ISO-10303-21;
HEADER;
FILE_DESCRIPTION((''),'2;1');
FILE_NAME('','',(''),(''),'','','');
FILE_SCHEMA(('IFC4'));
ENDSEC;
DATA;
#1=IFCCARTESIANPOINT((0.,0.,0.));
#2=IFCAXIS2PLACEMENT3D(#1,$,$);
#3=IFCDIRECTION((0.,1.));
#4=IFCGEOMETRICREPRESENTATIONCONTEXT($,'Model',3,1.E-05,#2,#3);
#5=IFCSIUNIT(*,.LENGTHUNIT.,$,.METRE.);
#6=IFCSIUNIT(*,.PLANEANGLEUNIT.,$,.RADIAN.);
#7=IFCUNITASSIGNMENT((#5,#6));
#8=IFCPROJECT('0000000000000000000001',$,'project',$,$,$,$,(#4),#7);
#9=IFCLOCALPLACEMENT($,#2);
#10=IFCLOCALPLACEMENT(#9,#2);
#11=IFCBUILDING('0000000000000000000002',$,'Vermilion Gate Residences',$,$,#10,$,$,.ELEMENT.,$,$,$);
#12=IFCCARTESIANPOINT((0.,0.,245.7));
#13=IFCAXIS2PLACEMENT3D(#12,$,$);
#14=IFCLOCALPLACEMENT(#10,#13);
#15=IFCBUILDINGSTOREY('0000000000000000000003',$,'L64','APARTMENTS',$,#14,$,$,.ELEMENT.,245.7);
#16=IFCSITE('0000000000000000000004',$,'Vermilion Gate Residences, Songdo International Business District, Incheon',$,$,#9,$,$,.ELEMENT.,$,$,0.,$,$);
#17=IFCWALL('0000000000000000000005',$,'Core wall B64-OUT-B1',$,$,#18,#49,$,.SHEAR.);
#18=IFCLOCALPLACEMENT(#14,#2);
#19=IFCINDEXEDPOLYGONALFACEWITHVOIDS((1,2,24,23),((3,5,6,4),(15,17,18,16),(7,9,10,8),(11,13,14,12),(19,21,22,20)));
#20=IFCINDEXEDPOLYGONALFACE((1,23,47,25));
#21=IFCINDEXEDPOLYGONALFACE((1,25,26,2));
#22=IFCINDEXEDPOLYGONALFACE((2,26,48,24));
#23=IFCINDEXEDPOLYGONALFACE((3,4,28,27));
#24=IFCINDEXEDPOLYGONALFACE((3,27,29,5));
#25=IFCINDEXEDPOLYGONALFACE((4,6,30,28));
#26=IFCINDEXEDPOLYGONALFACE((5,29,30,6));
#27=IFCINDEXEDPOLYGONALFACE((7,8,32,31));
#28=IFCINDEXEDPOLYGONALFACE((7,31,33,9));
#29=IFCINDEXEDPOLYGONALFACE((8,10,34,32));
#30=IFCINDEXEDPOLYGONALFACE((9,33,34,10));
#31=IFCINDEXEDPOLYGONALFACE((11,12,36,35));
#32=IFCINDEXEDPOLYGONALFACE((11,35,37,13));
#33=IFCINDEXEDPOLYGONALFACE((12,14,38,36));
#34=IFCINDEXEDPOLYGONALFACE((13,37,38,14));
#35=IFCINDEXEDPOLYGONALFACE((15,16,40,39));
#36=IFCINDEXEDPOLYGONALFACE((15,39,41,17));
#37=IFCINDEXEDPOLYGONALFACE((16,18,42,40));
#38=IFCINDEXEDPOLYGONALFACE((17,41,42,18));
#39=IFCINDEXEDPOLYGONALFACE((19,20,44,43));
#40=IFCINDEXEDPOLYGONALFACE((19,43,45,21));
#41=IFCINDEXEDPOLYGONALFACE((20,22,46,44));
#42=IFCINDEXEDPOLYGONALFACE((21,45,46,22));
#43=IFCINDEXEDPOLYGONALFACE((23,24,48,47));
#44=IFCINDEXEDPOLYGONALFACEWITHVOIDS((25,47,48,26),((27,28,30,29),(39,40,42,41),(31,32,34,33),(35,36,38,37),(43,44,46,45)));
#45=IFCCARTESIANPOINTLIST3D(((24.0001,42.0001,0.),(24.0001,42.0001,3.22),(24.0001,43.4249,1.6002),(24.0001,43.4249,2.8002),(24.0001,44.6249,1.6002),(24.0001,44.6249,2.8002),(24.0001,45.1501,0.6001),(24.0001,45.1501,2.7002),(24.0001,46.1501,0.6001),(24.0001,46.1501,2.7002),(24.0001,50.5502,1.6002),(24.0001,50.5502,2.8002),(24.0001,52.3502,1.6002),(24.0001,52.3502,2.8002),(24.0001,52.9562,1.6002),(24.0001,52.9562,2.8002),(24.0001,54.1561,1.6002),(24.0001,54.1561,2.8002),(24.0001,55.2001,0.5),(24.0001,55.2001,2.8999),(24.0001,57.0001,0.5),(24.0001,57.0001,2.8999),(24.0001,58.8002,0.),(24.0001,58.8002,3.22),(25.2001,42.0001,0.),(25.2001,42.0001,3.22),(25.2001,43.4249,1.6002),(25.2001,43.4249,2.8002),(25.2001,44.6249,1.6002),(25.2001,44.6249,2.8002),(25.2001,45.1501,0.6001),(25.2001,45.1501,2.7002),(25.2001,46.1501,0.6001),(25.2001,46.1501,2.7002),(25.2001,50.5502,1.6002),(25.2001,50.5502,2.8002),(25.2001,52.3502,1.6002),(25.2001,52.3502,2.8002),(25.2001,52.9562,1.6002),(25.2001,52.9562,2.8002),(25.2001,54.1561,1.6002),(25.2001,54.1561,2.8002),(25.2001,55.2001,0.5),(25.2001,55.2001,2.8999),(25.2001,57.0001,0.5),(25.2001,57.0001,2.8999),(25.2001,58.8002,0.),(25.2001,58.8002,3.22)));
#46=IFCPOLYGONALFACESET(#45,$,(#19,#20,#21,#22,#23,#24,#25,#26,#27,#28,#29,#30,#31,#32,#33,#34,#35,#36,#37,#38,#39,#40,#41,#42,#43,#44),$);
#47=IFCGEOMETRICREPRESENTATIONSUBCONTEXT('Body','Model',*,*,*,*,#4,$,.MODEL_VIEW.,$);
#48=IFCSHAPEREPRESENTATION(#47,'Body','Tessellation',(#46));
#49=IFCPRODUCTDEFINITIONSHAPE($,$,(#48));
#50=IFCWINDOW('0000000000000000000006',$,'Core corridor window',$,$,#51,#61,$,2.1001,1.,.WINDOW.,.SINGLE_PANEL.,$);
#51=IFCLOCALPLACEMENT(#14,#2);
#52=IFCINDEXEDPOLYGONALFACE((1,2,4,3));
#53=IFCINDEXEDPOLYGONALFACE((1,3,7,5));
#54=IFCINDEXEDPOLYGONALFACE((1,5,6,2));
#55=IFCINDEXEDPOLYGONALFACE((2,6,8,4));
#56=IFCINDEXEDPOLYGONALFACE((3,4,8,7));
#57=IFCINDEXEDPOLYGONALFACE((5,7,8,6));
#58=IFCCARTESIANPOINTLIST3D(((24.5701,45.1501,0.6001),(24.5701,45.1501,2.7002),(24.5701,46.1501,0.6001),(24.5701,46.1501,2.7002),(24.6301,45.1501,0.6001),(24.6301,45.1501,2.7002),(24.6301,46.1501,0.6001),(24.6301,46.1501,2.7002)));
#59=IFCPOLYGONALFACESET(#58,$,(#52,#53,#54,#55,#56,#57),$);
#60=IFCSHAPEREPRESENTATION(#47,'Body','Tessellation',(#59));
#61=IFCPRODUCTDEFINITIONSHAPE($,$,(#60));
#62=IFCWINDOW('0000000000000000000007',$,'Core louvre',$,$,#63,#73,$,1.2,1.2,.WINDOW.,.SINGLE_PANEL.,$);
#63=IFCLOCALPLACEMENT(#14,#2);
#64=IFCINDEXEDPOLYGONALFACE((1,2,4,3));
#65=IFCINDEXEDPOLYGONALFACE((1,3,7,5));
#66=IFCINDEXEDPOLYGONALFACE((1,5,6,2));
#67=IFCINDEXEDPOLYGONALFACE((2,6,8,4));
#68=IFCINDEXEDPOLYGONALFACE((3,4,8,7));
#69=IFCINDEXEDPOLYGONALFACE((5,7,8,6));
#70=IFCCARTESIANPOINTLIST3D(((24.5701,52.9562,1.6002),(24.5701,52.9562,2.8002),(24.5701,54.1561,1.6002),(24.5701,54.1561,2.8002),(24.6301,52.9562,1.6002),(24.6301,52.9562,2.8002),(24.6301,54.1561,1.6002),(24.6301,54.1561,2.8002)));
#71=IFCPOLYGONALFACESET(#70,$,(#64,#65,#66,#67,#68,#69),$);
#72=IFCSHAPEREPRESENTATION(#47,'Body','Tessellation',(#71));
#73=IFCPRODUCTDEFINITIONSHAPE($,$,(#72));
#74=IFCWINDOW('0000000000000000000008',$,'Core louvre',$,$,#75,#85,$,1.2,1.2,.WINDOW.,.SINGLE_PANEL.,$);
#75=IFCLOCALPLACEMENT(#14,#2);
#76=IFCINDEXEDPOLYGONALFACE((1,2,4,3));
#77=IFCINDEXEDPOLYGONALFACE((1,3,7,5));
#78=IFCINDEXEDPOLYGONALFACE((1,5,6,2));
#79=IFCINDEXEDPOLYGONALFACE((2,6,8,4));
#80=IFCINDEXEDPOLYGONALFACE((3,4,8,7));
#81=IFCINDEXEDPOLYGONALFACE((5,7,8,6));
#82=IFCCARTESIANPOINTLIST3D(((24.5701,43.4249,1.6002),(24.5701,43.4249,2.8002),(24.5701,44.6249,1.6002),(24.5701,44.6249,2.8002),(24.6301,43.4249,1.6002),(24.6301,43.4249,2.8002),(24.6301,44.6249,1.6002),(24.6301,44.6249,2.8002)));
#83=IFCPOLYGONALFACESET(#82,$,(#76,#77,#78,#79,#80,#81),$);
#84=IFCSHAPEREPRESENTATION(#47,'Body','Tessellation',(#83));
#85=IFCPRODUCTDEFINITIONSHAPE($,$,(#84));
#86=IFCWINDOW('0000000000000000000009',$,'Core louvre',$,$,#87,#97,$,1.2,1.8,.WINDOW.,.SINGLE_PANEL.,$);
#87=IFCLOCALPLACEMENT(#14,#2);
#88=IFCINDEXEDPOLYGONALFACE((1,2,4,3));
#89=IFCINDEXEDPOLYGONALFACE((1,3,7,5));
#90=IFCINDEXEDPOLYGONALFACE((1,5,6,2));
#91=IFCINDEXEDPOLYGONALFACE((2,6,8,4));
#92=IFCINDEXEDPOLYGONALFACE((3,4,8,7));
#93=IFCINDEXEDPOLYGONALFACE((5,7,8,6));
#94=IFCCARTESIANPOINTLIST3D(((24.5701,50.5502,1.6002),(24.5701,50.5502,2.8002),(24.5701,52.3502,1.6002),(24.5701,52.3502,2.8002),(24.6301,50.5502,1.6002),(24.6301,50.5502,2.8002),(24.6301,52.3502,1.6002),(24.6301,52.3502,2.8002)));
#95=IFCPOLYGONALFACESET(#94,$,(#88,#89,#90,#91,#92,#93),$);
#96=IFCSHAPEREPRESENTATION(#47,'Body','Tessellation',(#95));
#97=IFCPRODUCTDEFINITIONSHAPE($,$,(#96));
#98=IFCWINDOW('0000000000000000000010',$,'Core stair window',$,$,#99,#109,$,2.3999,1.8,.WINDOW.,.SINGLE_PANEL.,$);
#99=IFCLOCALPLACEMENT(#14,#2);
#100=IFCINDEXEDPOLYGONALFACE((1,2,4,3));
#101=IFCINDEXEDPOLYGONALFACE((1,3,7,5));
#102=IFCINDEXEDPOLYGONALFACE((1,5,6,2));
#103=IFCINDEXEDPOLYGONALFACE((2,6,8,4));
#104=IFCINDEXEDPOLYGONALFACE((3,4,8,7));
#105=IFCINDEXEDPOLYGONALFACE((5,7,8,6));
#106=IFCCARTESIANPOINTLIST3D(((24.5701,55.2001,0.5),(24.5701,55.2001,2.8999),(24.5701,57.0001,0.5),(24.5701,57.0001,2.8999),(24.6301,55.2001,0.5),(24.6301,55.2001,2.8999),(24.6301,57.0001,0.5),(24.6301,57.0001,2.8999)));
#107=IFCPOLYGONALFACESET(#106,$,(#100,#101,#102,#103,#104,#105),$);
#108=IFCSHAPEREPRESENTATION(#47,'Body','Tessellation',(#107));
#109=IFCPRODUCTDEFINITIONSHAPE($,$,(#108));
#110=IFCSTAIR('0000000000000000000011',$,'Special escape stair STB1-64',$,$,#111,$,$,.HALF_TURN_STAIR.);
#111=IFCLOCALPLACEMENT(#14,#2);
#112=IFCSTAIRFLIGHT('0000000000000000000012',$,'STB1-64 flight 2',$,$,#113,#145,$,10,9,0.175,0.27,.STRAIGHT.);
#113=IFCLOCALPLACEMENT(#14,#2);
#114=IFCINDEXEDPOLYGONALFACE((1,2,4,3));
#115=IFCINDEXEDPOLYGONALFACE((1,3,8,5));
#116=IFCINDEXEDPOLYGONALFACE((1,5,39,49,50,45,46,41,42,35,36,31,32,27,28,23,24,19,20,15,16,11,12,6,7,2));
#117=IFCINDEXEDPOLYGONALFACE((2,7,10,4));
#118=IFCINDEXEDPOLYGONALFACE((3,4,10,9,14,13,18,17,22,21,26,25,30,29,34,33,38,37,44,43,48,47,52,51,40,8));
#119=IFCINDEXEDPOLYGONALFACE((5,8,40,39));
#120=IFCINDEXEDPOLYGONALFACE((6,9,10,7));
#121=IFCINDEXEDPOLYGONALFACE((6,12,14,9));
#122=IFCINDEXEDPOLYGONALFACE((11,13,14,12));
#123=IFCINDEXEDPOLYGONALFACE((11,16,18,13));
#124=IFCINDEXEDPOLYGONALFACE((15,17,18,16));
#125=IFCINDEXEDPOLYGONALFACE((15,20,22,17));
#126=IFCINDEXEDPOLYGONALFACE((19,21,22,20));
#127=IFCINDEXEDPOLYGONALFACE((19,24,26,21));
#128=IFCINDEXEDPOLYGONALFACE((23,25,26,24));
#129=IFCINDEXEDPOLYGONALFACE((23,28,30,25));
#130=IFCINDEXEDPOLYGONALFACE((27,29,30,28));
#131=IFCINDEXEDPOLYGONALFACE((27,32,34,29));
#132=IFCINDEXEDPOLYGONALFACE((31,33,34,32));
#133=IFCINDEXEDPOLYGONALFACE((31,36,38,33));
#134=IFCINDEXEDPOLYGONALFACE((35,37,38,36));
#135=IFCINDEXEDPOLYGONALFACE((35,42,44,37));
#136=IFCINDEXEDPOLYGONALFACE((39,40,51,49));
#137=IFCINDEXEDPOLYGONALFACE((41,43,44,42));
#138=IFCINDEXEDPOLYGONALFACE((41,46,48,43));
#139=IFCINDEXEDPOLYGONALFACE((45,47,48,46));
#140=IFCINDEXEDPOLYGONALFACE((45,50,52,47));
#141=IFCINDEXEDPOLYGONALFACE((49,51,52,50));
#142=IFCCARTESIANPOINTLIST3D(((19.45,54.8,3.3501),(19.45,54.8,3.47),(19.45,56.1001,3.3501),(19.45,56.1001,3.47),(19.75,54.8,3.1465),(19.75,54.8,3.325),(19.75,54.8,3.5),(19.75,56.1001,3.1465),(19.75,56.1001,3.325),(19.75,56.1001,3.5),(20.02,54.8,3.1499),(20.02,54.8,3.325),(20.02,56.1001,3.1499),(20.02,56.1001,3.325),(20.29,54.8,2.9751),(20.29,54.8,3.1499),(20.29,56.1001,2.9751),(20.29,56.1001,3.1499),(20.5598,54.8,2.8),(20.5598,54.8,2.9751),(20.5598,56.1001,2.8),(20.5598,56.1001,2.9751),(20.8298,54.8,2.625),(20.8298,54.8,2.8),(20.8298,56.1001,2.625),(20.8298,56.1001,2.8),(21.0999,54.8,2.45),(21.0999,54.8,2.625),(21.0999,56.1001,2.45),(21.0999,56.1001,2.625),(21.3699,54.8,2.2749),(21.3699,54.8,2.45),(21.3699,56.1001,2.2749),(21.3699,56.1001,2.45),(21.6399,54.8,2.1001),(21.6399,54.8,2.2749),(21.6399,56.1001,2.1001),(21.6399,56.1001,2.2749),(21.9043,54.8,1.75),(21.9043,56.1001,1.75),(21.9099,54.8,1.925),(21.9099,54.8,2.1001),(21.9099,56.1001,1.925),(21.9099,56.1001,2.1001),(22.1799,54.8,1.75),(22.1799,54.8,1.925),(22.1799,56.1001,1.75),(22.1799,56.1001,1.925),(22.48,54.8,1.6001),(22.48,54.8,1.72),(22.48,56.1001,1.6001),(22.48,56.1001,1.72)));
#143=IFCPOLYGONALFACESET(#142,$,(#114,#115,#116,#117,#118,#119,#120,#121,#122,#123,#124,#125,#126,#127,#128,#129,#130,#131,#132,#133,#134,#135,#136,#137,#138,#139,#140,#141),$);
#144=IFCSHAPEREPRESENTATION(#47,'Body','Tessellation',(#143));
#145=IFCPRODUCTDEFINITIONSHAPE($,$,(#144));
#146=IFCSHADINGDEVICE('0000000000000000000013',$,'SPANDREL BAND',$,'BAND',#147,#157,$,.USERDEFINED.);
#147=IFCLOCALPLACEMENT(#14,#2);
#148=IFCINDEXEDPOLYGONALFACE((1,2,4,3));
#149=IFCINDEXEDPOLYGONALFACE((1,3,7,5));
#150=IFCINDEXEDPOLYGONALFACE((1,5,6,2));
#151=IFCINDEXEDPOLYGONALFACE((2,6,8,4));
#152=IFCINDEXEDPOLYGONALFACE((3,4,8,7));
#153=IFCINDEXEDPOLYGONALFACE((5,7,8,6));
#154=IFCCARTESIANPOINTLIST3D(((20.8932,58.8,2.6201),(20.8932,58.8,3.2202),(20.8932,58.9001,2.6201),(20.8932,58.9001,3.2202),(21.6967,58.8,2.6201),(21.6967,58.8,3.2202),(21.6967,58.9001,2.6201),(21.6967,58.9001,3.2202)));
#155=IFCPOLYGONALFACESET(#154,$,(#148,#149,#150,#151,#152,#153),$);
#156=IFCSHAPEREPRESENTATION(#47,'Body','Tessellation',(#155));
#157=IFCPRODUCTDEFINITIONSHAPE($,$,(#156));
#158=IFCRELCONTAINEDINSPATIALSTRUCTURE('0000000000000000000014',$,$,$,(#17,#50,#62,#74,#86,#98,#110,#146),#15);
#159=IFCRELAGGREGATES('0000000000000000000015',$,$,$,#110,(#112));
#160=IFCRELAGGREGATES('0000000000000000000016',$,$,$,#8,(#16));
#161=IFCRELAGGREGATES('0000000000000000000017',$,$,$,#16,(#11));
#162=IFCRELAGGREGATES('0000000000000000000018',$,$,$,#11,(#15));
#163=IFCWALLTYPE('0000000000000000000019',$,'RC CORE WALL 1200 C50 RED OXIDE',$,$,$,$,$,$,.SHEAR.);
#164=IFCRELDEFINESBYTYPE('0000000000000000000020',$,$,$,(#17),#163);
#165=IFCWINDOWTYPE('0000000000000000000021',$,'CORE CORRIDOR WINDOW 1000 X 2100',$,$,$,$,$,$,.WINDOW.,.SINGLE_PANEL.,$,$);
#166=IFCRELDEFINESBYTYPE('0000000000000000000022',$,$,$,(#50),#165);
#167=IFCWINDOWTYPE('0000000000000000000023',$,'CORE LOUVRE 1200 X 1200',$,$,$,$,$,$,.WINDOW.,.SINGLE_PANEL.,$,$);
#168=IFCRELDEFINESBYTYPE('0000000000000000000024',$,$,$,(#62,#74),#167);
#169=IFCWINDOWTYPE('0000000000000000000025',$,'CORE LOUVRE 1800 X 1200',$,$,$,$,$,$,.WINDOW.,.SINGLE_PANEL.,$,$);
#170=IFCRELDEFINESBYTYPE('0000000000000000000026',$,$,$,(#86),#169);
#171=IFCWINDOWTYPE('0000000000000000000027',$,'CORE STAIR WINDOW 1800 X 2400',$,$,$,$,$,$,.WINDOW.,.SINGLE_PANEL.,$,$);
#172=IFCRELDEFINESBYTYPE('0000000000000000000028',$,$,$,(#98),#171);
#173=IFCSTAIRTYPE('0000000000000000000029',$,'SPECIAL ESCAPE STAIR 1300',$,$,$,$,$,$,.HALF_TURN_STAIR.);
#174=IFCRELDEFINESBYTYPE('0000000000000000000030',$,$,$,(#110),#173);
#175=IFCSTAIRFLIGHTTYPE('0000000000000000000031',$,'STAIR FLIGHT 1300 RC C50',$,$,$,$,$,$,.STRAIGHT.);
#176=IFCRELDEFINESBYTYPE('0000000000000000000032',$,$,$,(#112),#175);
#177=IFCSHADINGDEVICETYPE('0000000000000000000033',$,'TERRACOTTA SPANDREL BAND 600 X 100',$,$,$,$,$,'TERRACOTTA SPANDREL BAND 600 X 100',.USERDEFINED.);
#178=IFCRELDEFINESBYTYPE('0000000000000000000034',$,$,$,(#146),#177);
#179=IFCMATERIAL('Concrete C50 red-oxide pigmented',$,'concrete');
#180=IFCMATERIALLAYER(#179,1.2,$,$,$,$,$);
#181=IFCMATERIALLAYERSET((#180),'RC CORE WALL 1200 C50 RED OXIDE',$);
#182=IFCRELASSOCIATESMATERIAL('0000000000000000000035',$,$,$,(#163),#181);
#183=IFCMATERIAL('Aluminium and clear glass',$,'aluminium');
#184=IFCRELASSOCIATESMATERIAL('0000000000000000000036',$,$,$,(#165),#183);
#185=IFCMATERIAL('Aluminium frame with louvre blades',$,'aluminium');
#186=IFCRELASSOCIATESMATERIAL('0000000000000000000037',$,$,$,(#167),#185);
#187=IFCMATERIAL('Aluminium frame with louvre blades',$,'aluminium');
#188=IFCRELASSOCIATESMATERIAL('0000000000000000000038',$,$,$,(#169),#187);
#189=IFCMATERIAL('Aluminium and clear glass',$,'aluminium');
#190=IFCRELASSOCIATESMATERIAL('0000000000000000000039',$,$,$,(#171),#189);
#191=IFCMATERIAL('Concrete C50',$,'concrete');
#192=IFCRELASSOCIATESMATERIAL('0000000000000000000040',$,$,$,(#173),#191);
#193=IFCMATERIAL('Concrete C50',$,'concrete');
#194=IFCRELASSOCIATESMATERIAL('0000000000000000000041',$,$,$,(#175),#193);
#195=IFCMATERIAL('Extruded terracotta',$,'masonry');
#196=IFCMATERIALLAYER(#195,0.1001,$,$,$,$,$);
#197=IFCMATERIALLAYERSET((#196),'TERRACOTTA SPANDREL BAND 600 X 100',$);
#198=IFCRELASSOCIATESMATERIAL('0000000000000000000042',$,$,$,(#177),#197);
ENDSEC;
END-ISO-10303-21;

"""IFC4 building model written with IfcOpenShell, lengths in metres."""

from ifc_helpers import new_model, si_unit, direction, frame, frame_2d, origin, origin_2d, place, context, subcontext, project, spatial, polyline, rectangle, outline, extrude, material, layer, layer_set, type_object, element, fill, aggregate, save


model = new_model("IFC4")

# Units and contexts
model_context = context("Model", 3, precision=1e-05, world=origin(), true_north=direction((0.0, 1.0)))
body_context = subcontext(model_context, "Body", "Model", "MODEL_VIEW")
ifc_project = project(units=[si_unit("LENGTHUNIT", "METRE"), si_unit("PLANEANGLEUNIT", "RADIAN")], contexts=[model_context])

# Site, building, storey
site_placement = place(None, origin())
site = spatial("IfcSite", under=ifc_project, at=site_placement, Name="Vermilion Gate Residences, Songdo International Business District, Incheon", CompositionType="ELEMENT", RefElevation=0.0)
building_placement = place(site_placement, origin())
building = spatial("IfcBuilding", under=site, at=building_placement, Name="Vermilion Gate Residences", CompositionType="ELEMENT")
storey_placement = place(building_placement, frame((0.0, 0.0, 245.7)))
storey = spatial("IfcBuildingStorey", under=building, at=storey_placement, Name="L64", Description="APARTMENTS", CompositionType="ELEMENT", Elevation=245.7)

# Wall, openings, windows
ifc_material_1 = material(Name="Concrete C50 red-oxide pigmented", Category="concrete")
ifc_layer_1 = layer(ifc_material_1, 1.2)
ifc_layer_set_1 = layer_set([ifc_layer_1], Name="RC CORE WALL 1200 C50 RED OXIDE")
wall_type_1 = type_object("IfcWallType", Name="RC CORE WALL 1200 C50 RED OXIDE", PredefinedType="SHEAR", material=ifc_layer_set_1)
wall_1_placement = place(storey_placement, frame((24.6001, 58.8, 0.0), z_axis=(0.0, 0.0, 1.0), x_axis=(0.0, -1.0, 0.0)))
wall_1 = element("IfcWall", 1, at=wall_1_placement, inside=storey, type_object=wall_type_1, Name="Core wall B64-OUT-B1", PredefinedType="SHEAR", context=body_context, shape_type="SweptSolid", body=[
    extrude(rectangle(XDim=16.8, YDim=1.2, at=frame_2d((8.3999, 0.0))), origin(), (0.0, 0.0, 1.0), 3.22),
])
opening_1_placement = place(wall_1_placement, frame((1.8, 0.0, 0.5)))
opening_1 = element("IfcOpeningElement", 2, at=opening_1_placement, cuts=wall_1, PredefinedType="OPENING", context=body_context, shape_type="SweptSolid", body=[
    extrude(rectangle(XDim=1.8, YDim=2.3999, at=frame_2d((0.8999, 1.2))), frame((0.0, 0.6099, 0.0), z_axis=(0.0, -1.0, 0.0), x_axis=(1.0, 0.0, 0.0)), (0.0, 0.0, 1.0), 1.22),
])
opening_2_placement = place(wall_1_placement, frame((4.6438, 0.0, 1.6001)))
opening_2 = element("IfcOpeningElement", 3, at=opening_2_placement, cuts=wall_1, PredefinedType="OPENING", context=body_context, shape_type="SweptSolid", body=[
    extrude(rectangle(XDim=1.2, YDim=1.2, at=frame_2d((0.6001, 0.6001))), frame((0.0, 0.6099, 0.0), z_axis=(0.0, -1.0, 0.0), x_axis=(1.0, 0.0, 0.0)), (0.0, 0.0, 1.0), 1.22),
])
opening_3_placement = place(wall_1_placement, frame((6.45, 0.0, 1.6001)))
opening_3 = element("IfcOpeningElement", 4, at=opening_3_placement, cuts=wall_1, PredefinedType="OPENING", context=body_context, shape_type="SweptSolid", body=[
    extrude(rectangle(XDim=1.8, YDim=1.2, at=frame_2d((0.8999, 0.6001))), frame((0.0, 0.6099, 0.0), z_axis=(0.0, -1.0, 0.0), x_axis=(1.0, 0.0, 0.0)), (0.0, 0.0, 1.0), 1.22),
])
opening_4_placement = place(wall_1_placement, frame((12.6499, 0.0, 0.6001)))
opening_4 = element("IfcOpeningElement", 5, at=opening_4_placement, cuts=wall_1, PredefinedType="OPENING", context=body_context, shape_type="SweptSolid", body=[
    extrude(rectangle(XDim=1.0, YDim=2.1001, at=frame_2d((0.5, 1.05))), frame((0.0, 0.6099, 0.0), z_axis=(0.0, -1.0, 0.0), x_axis=(1.0, 0.0, 0.0)), (0.0, 0.0, 1.0), 1.22),
])
opening_5_placement = place(wall_1_placement, frame((14.175, 0.0, 1.6001)))
opening_5 = element("IfcOpeningElement", 6, at=opening_5_placement, cuts=wall_1, PredefinedType="OPENING", context=body_context, shape_type="SweptSolid", body=[
    extrude(rectangle(XDim=1.2, YDim=1.2, at=frame_2d((0.6001, 0.6001))), frame((0.0, 0.6099, 0.0), z_axis=(0.0, -1.0, 0.0), x_axis=(1.0, 0.0, 0.0)), (0.0, 0.0, 1.0), 1.22),
])
ifc_material_2 = material(Name="Aluminium and clear glass", Category="aluminium")
window_type_1 = type_object("IfcWindowType", Name="CORE CORRIDOR WINDOW 1000 X 2100", PartitioningType="SINGLE_PANEL", PredefinedType="WINDOW", material=ifc_material_2)
window_1_placement = place(opening_4_placement, origin())
window_1 = element("IfcWindow", 7, at=window_1_placement, inside=storey, type_object=window_type_1, Name="Core corridor window", OverallHeight=2.1001, OverallWidth=1.0, PartitioningType="SINGLE_PANEL", PredefinedType="WINDOW", context=body_context, shape_type="SweptSolid", body=[
    extrude(rectangle(XDim=1.0, YDim=2.1001, at=frame_2d((0.5, 1.05))), frame((0.0, 0.03, 0.0), z_axis=(0.0, -1.0, 0.0), x_axis=(1.0, 0.0, 0.0)), (0.0, 0.0, 1.0), 0.0601),
])
fill(opening_4, window_1)
ifc_material_3 = material(Name="Aluminium frame with louvre blades", Category="aluminium")
window_type_2 = type_object("IfcWindowType", Name="CORE LOUVRE 1200 X 1200", PartitioningType="SINGLE_PANEL", PredefinedType="WINDOW", material=ifc_material_3)
window_2_placement = place(opening_2_placement, origin())
window_2 = element("IfcWindow", 8, at=window_2_placement, inside=storey, type_object=window_type_2, Name="Core louvre", OverallHeight=1.2, OverallWidth=1.2, PartitioningType="SINGLE_PANEL", PredefinedType="WINDOW", context=body_context, shape_type="SweptSolid", body=[
    extrude(rectangle(XDim=1.2, YDim=1.2, at=frame_2d((0.6001, 0.6001))), frame((0.0, 0.03, 0.0), z_axis=(0.0, -1.0, 0.0), x_axis=(1.0, 0.0, 0.0)), (0.0, 0.0, 1.0), 0.0601),
])
fill(opening_2, window_2)
window_3_placement = place(opening_5_placement, origin())
window_3 = element("IfcWindow", 9, at=window_3_placement, inside=storey, type_object=window_type_2, Name="Core louvre", OverallHeight=1.2, OverallWidth=1.2, PartitioningType="SINGLE_PANEL", PredefinedType="WINDOW", context=body_context, shape_type="SweptSolid", body=[
    extrude(rectangle(XDim=1.2, YDim=1.2, at=frame_2d((0.6001, 0.6001))), frame((0.0, 0.03, 0.0), z_axis=(0.0, -1.0, 0.0), x_axis=(1.0, 0.0, 0.0)), (0.0, 0.0, 1.0), 0.0601),
])
fill(opening_5, window_3)
ifc_material_4 = material(Name="Aluminium frame with louvre blades", Category="aluminium")
window_type_3 = type_object("IfcWindowType", Name="CORE LOUVRE 1800 X 1200", PartitioningType="SINGLE_PANEL", PredefinedType="WINDOW", material=ifc_material_4)
window_4_placement = place(opening_3_placement, origin())
window_4 = element("IfcWindow", 10, at=window_4_placement, inside=storey, type_object=window_type_3, Name="Core louvre", OverallHeight=1.2, OverallWidth=1.8, PartitioningType="SINGLE_PANEL", PredefinedType="WINDOW", context=body_context, shape_type="SweptSolid", body=[
    extrude(rectangle(XDim=1.8, YDim=1.2, at=frame_2d((0.8999, 0.6001))), frame((0.0, 0.03, 0.0), z_axis=(0.0, -1.0, 0.0), x_axis=(1.0, 0.0, 0.0)), (0.0, 0.0, 1.0), 0.0601),
])
fill(opening_3, window_4)
ifc_material_5 = material(Name="Aluminium and clear glass", Category="aluminium")
window_type_4 = type_object("IfcWindowType", Name="CORE STAIR WINDOW 1800 X 2400", PartitioningType="SINGLE_PANEL", PredefinedType="WINDOW", material=ifc_material_5)
window_5_placement = place(opening_1_placement, origin())
window_5 = element("IfcWindow", 11, at=window_5_placement, inside=storey, type_object=window_type_4, Name="Core stair window", OverallHeight=2.3999, OverallWidth=1.8, PartitioningType="SINGLE_PANEL", PredefinedType="WINDOW", context=body_context, shape_type="SweptSolid", body=[
    extrude(rectangle(XDim=1.8, YDim=2.3999, at=frame_2d((0.8999, 1.2))), frame((0.0, 0.03, 0.0), z_axis=(0.0, -1.0, 0.0), x_axis=(1.0, 0.0, 0.0)), (0.0, 0.0, 1.0), 0.0601),
])
fill(opening_1, window_5)

# Stair, stair flight
ifc_material_6 = material(Name="Concrete C50", Category="concrete")
stair_type = type_object("IfcStairType", Name="SPECIAL ESCAPE STAIR 1300", PredefinedType="HALF_TURN_STAIR", material=ifc_material_6)
stair_placement = place(storey_placement, origin())
stair = element("IfcStair", 12, at=stair_placement, inside=storey, type_object=stair_type, Name="Special escape stair STB1-64", PredefinedType="HALF_TURN_STAIR")
ifc_material_7 = material(Name="Concrete C50", Category="concrete")
stair_flight_type = type_object("IfcStairFlightType", Name="STAIR FLIGHT 1300 RC C50", PredefinedType="STRAIGHT", material=ifc_material_7)
stair_flight_placement = place(storey_placement, frame((22.1799, 55.45, 1.75), z_axis=(0.0, 0.0, 1.0), x_axis=(-1.0, 0.0, 0.0)))
stair_flight = element("IfcStairFlight", 13, at=stair_flight_placement, type_object=stair_flight_type, Name="STB1-64 flight 2", NumberOfRisers=10, NumberOfTreads=9, PredefinedType="STRAIGHT", RiserHeight=0.175, TreadLength=0.27, context=body_context, shape_type="SweptSolid", body=[
    extrude(outline(polyline([(-0.3, -0.1499), (-0.3, -0.03), (0.0, 0.0), (0.0, 0.175), (0.27, 0.175), (0.27, 0.3501), (0.54, 0.3501), (0.54, 0.5249), (0.8101, 0.5249), (0.8101, 0.7), (1.0801, 0.7), (1.0801, 0.875), (1.3501, 0.875), (1.3501, 1.05), (1.6201, 1.05), (1.6201, 1.2251), (1.8899, 1.2251), (1.8899, 1.3999), (2.1599, 1.3999), (2.1599, 1.575), (2.4299, 1.575), (2.4299, 1.75), (2.73, 1.72), (2.73, 1.6001), (2.4299, 1.3965), (0.2756, 0.0), (-0.3, -0.1499)])), frame((0.0, 0.6499, 0.0), z_axis=(0.0, -1.0, 0.0), x_axis=(1.0, 0.0, 0.0)), (0.0, 0.0, 1.0), 1.3),
])
aggregate(stair, [stair_flight])

# Shading device
ifc_material_8 = material(Name="Extruded terracotta", Category="masonry")
ifc_layer_2 = layer(ifc_material_8, 0.1001)
ifc_layer_set_2 = layer_set([ifc_layer_2], Name="TERRACOTTA SPANDREL BAND 600 X 100")
shading_device_type = type_object("IfcShadingDeviceType", Name="TERRACOTTA SPANDREL BAND 600 X 100", ElementType="TERRACOTTA SPANDREL BAND 600 X 100", PredefinedType="USERDEFINED", material=ifc_layer_set_2)
shading_device_1_placement = place(storey_placement, frame((21.2949, 58.8501, 2.6201), z_axis=(0.0, 0.0, 1.0), x_axis=(1.0, 0.0, 0.0)))
element("IfcShadingDevice", 14, at=shading_device_1_placement, inside=storey, type_object=shading_device_type, Name="SPANDREL BAND", ObjectType="BAND", PredefinedType="USERDEFINED", context=body_context, shape_type="SweptSolid", body=[
    extrude(rectangle(XDim=0.8035, YDim=0.1001, at=origin_2d()), origin(), (0.0, 0.0, 1.0), 0.6001),
])

save(model, "model.ifc")
